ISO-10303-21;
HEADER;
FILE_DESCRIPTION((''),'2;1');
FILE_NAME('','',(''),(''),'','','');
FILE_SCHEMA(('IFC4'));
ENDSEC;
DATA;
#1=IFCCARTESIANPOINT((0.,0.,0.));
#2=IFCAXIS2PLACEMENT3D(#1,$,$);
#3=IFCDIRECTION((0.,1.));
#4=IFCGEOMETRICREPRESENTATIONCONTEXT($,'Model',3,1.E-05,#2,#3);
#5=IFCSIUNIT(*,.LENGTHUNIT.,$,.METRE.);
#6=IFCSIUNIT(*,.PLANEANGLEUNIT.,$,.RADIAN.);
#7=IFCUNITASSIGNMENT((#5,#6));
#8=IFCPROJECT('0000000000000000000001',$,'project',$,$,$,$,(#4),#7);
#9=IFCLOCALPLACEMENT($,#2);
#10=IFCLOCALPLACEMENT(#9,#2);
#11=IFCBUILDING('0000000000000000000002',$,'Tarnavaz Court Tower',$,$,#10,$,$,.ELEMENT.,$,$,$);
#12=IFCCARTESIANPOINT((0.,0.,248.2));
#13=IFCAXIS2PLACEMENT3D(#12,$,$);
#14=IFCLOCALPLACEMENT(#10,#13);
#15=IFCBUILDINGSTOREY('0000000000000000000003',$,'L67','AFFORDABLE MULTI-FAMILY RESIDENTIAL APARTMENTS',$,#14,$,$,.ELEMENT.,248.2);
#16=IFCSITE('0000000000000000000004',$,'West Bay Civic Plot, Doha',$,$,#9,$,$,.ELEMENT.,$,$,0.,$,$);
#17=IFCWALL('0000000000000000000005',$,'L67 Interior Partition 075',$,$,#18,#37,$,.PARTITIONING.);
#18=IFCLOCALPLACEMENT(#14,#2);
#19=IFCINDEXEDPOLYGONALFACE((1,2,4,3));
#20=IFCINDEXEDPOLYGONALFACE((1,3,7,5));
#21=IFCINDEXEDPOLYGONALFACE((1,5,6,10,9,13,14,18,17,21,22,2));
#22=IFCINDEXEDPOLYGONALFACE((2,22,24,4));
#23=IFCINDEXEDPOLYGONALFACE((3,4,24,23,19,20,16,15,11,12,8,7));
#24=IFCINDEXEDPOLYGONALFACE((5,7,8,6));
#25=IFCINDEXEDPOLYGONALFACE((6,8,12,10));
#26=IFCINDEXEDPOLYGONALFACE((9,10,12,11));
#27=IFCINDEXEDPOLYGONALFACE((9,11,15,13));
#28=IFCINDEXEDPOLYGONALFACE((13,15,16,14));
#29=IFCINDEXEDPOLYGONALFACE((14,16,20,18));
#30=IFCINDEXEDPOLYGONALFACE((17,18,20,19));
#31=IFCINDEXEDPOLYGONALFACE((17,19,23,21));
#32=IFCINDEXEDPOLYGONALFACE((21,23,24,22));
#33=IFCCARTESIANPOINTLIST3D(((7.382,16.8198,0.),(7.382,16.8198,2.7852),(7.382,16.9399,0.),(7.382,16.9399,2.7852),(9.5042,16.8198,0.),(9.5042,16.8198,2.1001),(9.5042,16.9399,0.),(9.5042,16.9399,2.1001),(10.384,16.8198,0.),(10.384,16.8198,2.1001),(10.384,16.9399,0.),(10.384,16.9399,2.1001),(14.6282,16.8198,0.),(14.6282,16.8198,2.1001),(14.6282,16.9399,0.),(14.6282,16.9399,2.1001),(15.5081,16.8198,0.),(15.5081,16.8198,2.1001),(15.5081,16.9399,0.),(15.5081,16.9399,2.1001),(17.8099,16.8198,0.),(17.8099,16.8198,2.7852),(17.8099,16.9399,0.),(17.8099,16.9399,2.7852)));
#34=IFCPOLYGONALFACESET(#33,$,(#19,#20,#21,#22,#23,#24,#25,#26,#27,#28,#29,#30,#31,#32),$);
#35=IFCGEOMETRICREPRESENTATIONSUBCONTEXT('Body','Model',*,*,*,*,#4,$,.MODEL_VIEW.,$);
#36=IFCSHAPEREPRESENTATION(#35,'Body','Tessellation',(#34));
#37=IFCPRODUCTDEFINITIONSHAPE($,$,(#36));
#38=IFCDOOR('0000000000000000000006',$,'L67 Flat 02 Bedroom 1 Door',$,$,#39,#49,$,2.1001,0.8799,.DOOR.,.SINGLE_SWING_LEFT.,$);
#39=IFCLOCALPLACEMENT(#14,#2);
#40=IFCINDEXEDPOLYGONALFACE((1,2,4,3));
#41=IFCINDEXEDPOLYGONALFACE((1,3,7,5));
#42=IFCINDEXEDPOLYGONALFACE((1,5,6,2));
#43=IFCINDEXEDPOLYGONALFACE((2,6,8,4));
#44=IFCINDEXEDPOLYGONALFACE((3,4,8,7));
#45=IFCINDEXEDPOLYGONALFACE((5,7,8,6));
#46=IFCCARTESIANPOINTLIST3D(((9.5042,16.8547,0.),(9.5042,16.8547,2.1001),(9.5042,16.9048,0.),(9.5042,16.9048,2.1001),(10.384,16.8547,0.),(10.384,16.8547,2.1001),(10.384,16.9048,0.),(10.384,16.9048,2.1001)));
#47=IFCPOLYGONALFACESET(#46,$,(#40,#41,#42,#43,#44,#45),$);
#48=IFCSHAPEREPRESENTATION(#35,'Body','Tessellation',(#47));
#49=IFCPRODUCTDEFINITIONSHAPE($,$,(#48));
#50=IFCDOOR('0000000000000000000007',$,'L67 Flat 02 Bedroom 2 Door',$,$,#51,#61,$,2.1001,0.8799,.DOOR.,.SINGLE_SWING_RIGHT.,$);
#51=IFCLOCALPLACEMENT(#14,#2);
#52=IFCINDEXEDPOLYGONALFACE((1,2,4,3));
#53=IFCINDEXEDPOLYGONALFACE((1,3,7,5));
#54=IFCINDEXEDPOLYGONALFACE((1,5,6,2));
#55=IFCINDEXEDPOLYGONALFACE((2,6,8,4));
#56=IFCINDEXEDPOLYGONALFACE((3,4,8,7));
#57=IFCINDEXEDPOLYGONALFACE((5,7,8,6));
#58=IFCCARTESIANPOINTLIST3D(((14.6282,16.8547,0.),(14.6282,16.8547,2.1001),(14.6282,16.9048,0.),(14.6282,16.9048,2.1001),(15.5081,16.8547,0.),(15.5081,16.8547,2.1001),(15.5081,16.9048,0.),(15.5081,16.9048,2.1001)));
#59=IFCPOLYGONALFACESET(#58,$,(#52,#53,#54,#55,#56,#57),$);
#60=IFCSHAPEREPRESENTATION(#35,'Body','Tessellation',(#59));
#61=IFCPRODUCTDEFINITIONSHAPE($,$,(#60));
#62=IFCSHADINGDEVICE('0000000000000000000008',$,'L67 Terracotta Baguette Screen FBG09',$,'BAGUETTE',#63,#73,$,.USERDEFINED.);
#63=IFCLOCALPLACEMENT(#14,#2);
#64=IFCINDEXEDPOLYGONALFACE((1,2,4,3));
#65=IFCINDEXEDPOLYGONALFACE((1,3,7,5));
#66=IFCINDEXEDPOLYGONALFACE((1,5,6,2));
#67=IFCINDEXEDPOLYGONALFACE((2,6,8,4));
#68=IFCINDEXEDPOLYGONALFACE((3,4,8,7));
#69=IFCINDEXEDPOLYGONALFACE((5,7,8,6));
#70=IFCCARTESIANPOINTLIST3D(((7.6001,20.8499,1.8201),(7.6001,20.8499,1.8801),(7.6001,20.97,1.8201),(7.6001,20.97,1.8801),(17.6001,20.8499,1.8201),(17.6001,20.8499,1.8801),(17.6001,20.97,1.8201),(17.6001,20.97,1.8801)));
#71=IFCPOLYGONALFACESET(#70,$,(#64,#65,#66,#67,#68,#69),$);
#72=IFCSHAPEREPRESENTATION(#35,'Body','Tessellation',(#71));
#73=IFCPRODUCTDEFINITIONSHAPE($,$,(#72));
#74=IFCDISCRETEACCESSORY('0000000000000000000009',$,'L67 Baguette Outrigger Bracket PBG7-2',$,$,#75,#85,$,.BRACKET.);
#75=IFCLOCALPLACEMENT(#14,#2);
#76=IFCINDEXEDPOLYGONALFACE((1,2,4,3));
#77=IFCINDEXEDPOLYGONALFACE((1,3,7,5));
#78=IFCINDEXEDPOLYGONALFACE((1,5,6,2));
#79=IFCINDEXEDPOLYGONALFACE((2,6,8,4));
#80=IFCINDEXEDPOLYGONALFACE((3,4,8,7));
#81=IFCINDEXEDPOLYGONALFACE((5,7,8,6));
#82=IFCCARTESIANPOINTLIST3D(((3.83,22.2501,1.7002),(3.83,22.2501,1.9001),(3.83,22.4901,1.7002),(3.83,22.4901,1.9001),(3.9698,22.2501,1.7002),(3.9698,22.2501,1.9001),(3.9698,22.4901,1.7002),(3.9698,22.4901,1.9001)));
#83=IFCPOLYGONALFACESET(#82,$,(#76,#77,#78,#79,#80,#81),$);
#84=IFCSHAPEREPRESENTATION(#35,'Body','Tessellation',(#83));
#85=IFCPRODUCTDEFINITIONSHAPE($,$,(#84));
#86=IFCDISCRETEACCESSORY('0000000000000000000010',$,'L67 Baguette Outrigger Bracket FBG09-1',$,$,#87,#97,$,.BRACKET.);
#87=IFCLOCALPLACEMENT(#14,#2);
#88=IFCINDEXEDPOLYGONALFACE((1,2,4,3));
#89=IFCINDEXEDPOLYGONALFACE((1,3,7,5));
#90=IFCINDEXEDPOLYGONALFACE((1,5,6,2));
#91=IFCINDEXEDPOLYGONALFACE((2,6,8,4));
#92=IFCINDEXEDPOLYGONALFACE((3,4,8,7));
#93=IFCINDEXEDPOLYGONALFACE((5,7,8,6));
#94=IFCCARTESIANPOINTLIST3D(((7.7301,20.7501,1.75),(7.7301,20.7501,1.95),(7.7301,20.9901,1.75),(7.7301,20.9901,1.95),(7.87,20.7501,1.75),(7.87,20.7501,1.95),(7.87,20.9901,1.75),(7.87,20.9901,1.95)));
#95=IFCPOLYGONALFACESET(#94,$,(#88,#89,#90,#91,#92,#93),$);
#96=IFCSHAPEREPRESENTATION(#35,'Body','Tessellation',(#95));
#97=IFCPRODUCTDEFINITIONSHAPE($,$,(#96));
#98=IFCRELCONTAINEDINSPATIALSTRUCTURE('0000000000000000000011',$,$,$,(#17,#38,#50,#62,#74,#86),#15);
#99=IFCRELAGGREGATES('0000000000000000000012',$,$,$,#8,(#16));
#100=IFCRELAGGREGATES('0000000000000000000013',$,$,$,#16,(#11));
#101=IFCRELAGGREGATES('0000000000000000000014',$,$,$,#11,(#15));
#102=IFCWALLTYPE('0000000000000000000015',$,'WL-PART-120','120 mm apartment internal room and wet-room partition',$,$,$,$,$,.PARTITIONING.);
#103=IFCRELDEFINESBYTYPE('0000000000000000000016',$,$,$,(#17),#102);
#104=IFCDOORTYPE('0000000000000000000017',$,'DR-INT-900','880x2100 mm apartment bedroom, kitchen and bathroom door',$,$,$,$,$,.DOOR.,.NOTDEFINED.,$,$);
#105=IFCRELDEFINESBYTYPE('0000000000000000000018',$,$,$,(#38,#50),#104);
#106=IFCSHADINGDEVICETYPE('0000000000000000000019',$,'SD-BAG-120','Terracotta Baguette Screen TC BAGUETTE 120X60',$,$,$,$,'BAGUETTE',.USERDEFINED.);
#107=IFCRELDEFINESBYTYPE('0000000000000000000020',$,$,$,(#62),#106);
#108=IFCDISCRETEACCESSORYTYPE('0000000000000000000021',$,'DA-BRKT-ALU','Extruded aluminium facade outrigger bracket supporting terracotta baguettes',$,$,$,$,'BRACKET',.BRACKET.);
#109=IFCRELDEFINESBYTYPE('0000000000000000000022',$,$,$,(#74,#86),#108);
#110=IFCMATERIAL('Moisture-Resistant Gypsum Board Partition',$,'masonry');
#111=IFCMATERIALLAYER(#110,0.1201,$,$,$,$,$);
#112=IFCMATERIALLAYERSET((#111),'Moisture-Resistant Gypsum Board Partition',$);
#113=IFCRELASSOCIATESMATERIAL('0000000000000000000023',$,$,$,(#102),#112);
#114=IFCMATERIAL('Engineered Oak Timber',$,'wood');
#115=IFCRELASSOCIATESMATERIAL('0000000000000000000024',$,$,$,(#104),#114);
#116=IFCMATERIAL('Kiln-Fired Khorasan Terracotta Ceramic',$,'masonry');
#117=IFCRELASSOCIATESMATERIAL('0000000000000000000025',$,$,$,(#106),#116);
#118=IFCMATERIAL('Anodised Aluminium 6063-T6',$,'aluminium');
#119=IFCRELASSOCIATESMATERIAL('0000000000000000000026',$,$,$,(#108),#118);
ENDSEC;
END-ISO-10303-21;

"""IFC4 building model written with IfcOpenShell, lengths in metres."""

from ifc_helpers import new_model, si_unit, direction, frame, frame_2d, origin, origin_2d, place, context, subcontext, project, spatial, rectangle, extrude, material, layer, layer_set, material_profile, profile_set, type_object, element, fill, save


model = new_model("IFC4")

# Units and contexts
model_context = context("Model", 3, precision=1e-05, world=origin(), true_north=direction((0.0, 1.0)))
body_context = subcontext(model_context, "Body", "Model", "MODEL_VIEW")
ifc_project = project(units=[si_unit("LENGTHUNIT", "METRE"), si_unit("PLANEANGLEUNIT", "RADIAN")], contexts=[model_context])

# Site, building, storey
site_placement = place(None, origin())
site = spatial("IfcSite", under=ifc_project, at=site_placement, Name="West Bay Civic Plot, Doha", CompositionType="ELEMENT", RefElevation=0.0)
building_placement = place(site_placement, origin())
building = spatial("IfcBuilding", under=site, at=building_placement, Name="Tarnavaz Court Tower", CompositionType="ELEMENT")
storey_placement = place(building_placement, frame((0.0, 0.0, 248.2)))
storey = spatial("IfcBuildingStorey", under=building, at=storey_placement, Name="L67", Description="AFFORDABLE MULTI-FAMILY RESIDENTIAL APARTMENTS", CompositionType="ELEMENT", Elevation=248.2)

# Shared definitions
ifc_material_1 = material(Name="Anodised Aluminium 6063-T6", Category="aluminium")

# Wall, openings, doors
ifc_material_2 = material(Name="Moisture-Resistant Gypsum Board Partition", Category="masonry")
ifc_layer_1 = layer(ifc_material_2, 0.1201)
ifc_layer_set_1 = layer_set([ifc_layer_1], Name="Moisture-Resistant Gypsum Board Partition")
wall_type_1 = type_object("IfcWallType", Name="WL-PART-120", Description="120 mm apartment internal room and wet-room partition", PredefinedType="PARTITIONING", material=ifc_layer_set_1)
wall_1_placement = place(storey_placement, frame((7.3821, 16.8799, 0.0), z_axis=(0.0, 0.0, 1.0), x_axis=(1.0, 0.0, 0.0)))
wall_1 = element("IfcWall", 1, at=wall_1_placement, inside=storey, type_object=wall_type_1, Name="L67 Interior Partition 075", PredefinedType="PARTITIONING", context=body_context, shape_type="SweptSolid", body=[
    extrude(rectangle(XDim=10.428, YDim=0.1201, at=frame_2d((5.2139, 0.0))), origin(), (0.0, 0.0, 1.0), 2.7852),
])
opening_1_placement = place(wall_1_placement, frame((2.1221, 0.0, 0.0)))
opening_1 = element("IfcOpeningElement", 2, at=opening_1_placement, cuts=wall_1, PredefinedType="OPENING", context=body_context, shape_type="SweptSolid", body=[
    extrude(rectangle(XDim=0.8799, YDim=2.1001, at=frame_2d((0.4399, 1.05))), frame((0.0, 0.0701, 0.0), z_axis=(0.0, -1.0, 0.0), x_axis=(1.0, 0.0, 0.0)), (0.0, 0.0, 1.0), 0.1401),
])
opening_2_placement = place(wall_1_placement, frame((7.2461, 0.0, 0.0)))
opening_2 = element("IfcOpeningElement", 3, at=opening_2_placement, cuts=wall_1, PredefinedType="OPENING", context=body_context, shape_type="SweptSolid", body=[
    extrude(rectangle(XDim=0.8799, YDim=2.1001, at=frame_2d((0.4399, 1.05))), frame((0.0, 0.0701, 0.0), z_axis=(0.0, -1.0, 0.0), x_axis=(1.0, 0.0, 0.0)), (0.0, 0.0, 1.0), 0.1401),
])
ifc_material_3 = material(Name="Engineered Oak Timber", Category="wood")
door_type = type_object("IfcDoorType", Name="DR-INT-900", Description="880x2100 mm apartment bedroom, kitchen and bathroom door", OperationType="NOTDEFINED", PredefinedType="DOOR", material=ifc_material_3)
door_1_placement = place(opening_1_placement, origin())
door_1 = element("IfcDoor", 4, at=door_1_placement, inside=storey, type_object=door_type, Name="L67 Flat 02 Bedroom 1 Door", OperationType="SINGLE_SWING_LEFT", OverallHeight=2.1001, OverallWidth=0.8799, PredefinedType="DOOR", context=body_context, shape_type="SweptSolid", body=[
    extrude(rectangle(XDim=0.8799, YDim=2.1001, at=frame_2d((0.4399, 1.05))), frame((0.0, 0.0249, 0.0), z_axis=(0.0, -1.0, 0.0), x_axis=(1.0, 0.0, 0.0)), (0.0, 0.0, 1.0), 0.05),
])
fill(opening_1, door_1)
door_2_placement = place(opening_2_placement, origin())
door_2 = element("IfcDoor", 5, at=door_2_placement, inside=storey, type_object=door_type, Name="L67 Flat 02 Bedroom 2 Door", OperationType="SINGLE_SWING_RIGHT", OverallHeight=2.1001, OverallWidth=0.8799, PredefinedType="DOOR", context=body_context, shape_type="SweptSolid", body=[
    extrude(rectangle(XDim=0.8799, YDim=2.1001, at=frame_2d((0.4399, 1.05))), frame((0.0, 0.0249, 0.0), z_axis=(0.0, -1.0, 0.0), x_axis=(1.0, 0.0, 0.0)), (0.0, 0.0, 1.0), 0.05),
])
fill(opening_2, door_2)

# Shading device
ifc_material_4 = material(Name="Kiln-Fired Khorasan Terracotta Ceramic", Category="masonry")
ifc_material_profile_1 = material_profile(ifc_material_4, rectangle(XDim=0.1201, YDim=0.0601, at=origin_2d()), Name="TC BAGUETTE 120X60")
ifc_profile_set_1 = profile_set([ifc_material_profile_1], Name="Kiln-Fired Khorasan Terracotta Ceramic")
shading_device_type = type_object("IfcShadingDeviceType", Name="SD-BAG-120", Description="Terracotta Baguette Screen TC BAGUETTE 120X60", ElementType="BAGUETTE", PredefinedType="USERDEFINED", material=ifc_profile_set_1)
shading_device_placement = place(storey_placement, frame((7.6001, 20.9099, 1.8501), z_axis=(1.0, 0.0, 0.0), x_axis=(0.0, 1.0, 0.0)))
element("IfcShadingDevice", 6, at=shading_device_placement, inside=storey, type_object=shading_device_type, Name="L67 Terracotta Baguette Screen FBG09", ObjectType="BAGUETTE", PredefinedType="USERDEFINED", context=body_context, shape_type="SweptSolid", body=[
    extrude(rectangle(XDim=0.1201, YDim=0.0601, at=origin_2d()), origin(), (0.0, 0.0, 1.0), 10.0),
])

# Discrete accessories
discrete_accessory_type = type_object("IfcDiscreteAccessoryType", Name="DA-BRKT-ALU", Description="Extruded aluminium facade outrigger bracket supporting terracotta baguettes", ElementType="BRACKET", PredefinedType="BRACKET", material=ifc_material_1)
for number, where, z_axis, x_axis, name in (
    (7, (3.8999, 22.3701, 1.7002), (0.0, 0.0, 1.0), (1.0, 0.0, 0.0), "L67 Baguette Outrigger Bracket PBG7-2"),
    (8, (7.8, 20.8701, 1.75), (0.0, 0.0, 1.0), (1.0, 0.0, 0.0), "L67 Baguette Outrigger Bracket FBG09-1"),
):
    element("IfcDiscreteAccessory", number, at=place(storey_placement, frame(where, z_axis=z_axis, x_axis=x_axis)), inside=storey, type_object=discrete_accessory_type, Name=name, PredefinedType="BRACKET", context=body_context, shape_type="SweptSolid", body=[
        extrude(rectangle(XDim=0.1399, YDim=0.24, at=origin_2d()), origin(), (0.0, 0.0, 1.0), 0.2),
    ])

save(model, "model.ifc")
